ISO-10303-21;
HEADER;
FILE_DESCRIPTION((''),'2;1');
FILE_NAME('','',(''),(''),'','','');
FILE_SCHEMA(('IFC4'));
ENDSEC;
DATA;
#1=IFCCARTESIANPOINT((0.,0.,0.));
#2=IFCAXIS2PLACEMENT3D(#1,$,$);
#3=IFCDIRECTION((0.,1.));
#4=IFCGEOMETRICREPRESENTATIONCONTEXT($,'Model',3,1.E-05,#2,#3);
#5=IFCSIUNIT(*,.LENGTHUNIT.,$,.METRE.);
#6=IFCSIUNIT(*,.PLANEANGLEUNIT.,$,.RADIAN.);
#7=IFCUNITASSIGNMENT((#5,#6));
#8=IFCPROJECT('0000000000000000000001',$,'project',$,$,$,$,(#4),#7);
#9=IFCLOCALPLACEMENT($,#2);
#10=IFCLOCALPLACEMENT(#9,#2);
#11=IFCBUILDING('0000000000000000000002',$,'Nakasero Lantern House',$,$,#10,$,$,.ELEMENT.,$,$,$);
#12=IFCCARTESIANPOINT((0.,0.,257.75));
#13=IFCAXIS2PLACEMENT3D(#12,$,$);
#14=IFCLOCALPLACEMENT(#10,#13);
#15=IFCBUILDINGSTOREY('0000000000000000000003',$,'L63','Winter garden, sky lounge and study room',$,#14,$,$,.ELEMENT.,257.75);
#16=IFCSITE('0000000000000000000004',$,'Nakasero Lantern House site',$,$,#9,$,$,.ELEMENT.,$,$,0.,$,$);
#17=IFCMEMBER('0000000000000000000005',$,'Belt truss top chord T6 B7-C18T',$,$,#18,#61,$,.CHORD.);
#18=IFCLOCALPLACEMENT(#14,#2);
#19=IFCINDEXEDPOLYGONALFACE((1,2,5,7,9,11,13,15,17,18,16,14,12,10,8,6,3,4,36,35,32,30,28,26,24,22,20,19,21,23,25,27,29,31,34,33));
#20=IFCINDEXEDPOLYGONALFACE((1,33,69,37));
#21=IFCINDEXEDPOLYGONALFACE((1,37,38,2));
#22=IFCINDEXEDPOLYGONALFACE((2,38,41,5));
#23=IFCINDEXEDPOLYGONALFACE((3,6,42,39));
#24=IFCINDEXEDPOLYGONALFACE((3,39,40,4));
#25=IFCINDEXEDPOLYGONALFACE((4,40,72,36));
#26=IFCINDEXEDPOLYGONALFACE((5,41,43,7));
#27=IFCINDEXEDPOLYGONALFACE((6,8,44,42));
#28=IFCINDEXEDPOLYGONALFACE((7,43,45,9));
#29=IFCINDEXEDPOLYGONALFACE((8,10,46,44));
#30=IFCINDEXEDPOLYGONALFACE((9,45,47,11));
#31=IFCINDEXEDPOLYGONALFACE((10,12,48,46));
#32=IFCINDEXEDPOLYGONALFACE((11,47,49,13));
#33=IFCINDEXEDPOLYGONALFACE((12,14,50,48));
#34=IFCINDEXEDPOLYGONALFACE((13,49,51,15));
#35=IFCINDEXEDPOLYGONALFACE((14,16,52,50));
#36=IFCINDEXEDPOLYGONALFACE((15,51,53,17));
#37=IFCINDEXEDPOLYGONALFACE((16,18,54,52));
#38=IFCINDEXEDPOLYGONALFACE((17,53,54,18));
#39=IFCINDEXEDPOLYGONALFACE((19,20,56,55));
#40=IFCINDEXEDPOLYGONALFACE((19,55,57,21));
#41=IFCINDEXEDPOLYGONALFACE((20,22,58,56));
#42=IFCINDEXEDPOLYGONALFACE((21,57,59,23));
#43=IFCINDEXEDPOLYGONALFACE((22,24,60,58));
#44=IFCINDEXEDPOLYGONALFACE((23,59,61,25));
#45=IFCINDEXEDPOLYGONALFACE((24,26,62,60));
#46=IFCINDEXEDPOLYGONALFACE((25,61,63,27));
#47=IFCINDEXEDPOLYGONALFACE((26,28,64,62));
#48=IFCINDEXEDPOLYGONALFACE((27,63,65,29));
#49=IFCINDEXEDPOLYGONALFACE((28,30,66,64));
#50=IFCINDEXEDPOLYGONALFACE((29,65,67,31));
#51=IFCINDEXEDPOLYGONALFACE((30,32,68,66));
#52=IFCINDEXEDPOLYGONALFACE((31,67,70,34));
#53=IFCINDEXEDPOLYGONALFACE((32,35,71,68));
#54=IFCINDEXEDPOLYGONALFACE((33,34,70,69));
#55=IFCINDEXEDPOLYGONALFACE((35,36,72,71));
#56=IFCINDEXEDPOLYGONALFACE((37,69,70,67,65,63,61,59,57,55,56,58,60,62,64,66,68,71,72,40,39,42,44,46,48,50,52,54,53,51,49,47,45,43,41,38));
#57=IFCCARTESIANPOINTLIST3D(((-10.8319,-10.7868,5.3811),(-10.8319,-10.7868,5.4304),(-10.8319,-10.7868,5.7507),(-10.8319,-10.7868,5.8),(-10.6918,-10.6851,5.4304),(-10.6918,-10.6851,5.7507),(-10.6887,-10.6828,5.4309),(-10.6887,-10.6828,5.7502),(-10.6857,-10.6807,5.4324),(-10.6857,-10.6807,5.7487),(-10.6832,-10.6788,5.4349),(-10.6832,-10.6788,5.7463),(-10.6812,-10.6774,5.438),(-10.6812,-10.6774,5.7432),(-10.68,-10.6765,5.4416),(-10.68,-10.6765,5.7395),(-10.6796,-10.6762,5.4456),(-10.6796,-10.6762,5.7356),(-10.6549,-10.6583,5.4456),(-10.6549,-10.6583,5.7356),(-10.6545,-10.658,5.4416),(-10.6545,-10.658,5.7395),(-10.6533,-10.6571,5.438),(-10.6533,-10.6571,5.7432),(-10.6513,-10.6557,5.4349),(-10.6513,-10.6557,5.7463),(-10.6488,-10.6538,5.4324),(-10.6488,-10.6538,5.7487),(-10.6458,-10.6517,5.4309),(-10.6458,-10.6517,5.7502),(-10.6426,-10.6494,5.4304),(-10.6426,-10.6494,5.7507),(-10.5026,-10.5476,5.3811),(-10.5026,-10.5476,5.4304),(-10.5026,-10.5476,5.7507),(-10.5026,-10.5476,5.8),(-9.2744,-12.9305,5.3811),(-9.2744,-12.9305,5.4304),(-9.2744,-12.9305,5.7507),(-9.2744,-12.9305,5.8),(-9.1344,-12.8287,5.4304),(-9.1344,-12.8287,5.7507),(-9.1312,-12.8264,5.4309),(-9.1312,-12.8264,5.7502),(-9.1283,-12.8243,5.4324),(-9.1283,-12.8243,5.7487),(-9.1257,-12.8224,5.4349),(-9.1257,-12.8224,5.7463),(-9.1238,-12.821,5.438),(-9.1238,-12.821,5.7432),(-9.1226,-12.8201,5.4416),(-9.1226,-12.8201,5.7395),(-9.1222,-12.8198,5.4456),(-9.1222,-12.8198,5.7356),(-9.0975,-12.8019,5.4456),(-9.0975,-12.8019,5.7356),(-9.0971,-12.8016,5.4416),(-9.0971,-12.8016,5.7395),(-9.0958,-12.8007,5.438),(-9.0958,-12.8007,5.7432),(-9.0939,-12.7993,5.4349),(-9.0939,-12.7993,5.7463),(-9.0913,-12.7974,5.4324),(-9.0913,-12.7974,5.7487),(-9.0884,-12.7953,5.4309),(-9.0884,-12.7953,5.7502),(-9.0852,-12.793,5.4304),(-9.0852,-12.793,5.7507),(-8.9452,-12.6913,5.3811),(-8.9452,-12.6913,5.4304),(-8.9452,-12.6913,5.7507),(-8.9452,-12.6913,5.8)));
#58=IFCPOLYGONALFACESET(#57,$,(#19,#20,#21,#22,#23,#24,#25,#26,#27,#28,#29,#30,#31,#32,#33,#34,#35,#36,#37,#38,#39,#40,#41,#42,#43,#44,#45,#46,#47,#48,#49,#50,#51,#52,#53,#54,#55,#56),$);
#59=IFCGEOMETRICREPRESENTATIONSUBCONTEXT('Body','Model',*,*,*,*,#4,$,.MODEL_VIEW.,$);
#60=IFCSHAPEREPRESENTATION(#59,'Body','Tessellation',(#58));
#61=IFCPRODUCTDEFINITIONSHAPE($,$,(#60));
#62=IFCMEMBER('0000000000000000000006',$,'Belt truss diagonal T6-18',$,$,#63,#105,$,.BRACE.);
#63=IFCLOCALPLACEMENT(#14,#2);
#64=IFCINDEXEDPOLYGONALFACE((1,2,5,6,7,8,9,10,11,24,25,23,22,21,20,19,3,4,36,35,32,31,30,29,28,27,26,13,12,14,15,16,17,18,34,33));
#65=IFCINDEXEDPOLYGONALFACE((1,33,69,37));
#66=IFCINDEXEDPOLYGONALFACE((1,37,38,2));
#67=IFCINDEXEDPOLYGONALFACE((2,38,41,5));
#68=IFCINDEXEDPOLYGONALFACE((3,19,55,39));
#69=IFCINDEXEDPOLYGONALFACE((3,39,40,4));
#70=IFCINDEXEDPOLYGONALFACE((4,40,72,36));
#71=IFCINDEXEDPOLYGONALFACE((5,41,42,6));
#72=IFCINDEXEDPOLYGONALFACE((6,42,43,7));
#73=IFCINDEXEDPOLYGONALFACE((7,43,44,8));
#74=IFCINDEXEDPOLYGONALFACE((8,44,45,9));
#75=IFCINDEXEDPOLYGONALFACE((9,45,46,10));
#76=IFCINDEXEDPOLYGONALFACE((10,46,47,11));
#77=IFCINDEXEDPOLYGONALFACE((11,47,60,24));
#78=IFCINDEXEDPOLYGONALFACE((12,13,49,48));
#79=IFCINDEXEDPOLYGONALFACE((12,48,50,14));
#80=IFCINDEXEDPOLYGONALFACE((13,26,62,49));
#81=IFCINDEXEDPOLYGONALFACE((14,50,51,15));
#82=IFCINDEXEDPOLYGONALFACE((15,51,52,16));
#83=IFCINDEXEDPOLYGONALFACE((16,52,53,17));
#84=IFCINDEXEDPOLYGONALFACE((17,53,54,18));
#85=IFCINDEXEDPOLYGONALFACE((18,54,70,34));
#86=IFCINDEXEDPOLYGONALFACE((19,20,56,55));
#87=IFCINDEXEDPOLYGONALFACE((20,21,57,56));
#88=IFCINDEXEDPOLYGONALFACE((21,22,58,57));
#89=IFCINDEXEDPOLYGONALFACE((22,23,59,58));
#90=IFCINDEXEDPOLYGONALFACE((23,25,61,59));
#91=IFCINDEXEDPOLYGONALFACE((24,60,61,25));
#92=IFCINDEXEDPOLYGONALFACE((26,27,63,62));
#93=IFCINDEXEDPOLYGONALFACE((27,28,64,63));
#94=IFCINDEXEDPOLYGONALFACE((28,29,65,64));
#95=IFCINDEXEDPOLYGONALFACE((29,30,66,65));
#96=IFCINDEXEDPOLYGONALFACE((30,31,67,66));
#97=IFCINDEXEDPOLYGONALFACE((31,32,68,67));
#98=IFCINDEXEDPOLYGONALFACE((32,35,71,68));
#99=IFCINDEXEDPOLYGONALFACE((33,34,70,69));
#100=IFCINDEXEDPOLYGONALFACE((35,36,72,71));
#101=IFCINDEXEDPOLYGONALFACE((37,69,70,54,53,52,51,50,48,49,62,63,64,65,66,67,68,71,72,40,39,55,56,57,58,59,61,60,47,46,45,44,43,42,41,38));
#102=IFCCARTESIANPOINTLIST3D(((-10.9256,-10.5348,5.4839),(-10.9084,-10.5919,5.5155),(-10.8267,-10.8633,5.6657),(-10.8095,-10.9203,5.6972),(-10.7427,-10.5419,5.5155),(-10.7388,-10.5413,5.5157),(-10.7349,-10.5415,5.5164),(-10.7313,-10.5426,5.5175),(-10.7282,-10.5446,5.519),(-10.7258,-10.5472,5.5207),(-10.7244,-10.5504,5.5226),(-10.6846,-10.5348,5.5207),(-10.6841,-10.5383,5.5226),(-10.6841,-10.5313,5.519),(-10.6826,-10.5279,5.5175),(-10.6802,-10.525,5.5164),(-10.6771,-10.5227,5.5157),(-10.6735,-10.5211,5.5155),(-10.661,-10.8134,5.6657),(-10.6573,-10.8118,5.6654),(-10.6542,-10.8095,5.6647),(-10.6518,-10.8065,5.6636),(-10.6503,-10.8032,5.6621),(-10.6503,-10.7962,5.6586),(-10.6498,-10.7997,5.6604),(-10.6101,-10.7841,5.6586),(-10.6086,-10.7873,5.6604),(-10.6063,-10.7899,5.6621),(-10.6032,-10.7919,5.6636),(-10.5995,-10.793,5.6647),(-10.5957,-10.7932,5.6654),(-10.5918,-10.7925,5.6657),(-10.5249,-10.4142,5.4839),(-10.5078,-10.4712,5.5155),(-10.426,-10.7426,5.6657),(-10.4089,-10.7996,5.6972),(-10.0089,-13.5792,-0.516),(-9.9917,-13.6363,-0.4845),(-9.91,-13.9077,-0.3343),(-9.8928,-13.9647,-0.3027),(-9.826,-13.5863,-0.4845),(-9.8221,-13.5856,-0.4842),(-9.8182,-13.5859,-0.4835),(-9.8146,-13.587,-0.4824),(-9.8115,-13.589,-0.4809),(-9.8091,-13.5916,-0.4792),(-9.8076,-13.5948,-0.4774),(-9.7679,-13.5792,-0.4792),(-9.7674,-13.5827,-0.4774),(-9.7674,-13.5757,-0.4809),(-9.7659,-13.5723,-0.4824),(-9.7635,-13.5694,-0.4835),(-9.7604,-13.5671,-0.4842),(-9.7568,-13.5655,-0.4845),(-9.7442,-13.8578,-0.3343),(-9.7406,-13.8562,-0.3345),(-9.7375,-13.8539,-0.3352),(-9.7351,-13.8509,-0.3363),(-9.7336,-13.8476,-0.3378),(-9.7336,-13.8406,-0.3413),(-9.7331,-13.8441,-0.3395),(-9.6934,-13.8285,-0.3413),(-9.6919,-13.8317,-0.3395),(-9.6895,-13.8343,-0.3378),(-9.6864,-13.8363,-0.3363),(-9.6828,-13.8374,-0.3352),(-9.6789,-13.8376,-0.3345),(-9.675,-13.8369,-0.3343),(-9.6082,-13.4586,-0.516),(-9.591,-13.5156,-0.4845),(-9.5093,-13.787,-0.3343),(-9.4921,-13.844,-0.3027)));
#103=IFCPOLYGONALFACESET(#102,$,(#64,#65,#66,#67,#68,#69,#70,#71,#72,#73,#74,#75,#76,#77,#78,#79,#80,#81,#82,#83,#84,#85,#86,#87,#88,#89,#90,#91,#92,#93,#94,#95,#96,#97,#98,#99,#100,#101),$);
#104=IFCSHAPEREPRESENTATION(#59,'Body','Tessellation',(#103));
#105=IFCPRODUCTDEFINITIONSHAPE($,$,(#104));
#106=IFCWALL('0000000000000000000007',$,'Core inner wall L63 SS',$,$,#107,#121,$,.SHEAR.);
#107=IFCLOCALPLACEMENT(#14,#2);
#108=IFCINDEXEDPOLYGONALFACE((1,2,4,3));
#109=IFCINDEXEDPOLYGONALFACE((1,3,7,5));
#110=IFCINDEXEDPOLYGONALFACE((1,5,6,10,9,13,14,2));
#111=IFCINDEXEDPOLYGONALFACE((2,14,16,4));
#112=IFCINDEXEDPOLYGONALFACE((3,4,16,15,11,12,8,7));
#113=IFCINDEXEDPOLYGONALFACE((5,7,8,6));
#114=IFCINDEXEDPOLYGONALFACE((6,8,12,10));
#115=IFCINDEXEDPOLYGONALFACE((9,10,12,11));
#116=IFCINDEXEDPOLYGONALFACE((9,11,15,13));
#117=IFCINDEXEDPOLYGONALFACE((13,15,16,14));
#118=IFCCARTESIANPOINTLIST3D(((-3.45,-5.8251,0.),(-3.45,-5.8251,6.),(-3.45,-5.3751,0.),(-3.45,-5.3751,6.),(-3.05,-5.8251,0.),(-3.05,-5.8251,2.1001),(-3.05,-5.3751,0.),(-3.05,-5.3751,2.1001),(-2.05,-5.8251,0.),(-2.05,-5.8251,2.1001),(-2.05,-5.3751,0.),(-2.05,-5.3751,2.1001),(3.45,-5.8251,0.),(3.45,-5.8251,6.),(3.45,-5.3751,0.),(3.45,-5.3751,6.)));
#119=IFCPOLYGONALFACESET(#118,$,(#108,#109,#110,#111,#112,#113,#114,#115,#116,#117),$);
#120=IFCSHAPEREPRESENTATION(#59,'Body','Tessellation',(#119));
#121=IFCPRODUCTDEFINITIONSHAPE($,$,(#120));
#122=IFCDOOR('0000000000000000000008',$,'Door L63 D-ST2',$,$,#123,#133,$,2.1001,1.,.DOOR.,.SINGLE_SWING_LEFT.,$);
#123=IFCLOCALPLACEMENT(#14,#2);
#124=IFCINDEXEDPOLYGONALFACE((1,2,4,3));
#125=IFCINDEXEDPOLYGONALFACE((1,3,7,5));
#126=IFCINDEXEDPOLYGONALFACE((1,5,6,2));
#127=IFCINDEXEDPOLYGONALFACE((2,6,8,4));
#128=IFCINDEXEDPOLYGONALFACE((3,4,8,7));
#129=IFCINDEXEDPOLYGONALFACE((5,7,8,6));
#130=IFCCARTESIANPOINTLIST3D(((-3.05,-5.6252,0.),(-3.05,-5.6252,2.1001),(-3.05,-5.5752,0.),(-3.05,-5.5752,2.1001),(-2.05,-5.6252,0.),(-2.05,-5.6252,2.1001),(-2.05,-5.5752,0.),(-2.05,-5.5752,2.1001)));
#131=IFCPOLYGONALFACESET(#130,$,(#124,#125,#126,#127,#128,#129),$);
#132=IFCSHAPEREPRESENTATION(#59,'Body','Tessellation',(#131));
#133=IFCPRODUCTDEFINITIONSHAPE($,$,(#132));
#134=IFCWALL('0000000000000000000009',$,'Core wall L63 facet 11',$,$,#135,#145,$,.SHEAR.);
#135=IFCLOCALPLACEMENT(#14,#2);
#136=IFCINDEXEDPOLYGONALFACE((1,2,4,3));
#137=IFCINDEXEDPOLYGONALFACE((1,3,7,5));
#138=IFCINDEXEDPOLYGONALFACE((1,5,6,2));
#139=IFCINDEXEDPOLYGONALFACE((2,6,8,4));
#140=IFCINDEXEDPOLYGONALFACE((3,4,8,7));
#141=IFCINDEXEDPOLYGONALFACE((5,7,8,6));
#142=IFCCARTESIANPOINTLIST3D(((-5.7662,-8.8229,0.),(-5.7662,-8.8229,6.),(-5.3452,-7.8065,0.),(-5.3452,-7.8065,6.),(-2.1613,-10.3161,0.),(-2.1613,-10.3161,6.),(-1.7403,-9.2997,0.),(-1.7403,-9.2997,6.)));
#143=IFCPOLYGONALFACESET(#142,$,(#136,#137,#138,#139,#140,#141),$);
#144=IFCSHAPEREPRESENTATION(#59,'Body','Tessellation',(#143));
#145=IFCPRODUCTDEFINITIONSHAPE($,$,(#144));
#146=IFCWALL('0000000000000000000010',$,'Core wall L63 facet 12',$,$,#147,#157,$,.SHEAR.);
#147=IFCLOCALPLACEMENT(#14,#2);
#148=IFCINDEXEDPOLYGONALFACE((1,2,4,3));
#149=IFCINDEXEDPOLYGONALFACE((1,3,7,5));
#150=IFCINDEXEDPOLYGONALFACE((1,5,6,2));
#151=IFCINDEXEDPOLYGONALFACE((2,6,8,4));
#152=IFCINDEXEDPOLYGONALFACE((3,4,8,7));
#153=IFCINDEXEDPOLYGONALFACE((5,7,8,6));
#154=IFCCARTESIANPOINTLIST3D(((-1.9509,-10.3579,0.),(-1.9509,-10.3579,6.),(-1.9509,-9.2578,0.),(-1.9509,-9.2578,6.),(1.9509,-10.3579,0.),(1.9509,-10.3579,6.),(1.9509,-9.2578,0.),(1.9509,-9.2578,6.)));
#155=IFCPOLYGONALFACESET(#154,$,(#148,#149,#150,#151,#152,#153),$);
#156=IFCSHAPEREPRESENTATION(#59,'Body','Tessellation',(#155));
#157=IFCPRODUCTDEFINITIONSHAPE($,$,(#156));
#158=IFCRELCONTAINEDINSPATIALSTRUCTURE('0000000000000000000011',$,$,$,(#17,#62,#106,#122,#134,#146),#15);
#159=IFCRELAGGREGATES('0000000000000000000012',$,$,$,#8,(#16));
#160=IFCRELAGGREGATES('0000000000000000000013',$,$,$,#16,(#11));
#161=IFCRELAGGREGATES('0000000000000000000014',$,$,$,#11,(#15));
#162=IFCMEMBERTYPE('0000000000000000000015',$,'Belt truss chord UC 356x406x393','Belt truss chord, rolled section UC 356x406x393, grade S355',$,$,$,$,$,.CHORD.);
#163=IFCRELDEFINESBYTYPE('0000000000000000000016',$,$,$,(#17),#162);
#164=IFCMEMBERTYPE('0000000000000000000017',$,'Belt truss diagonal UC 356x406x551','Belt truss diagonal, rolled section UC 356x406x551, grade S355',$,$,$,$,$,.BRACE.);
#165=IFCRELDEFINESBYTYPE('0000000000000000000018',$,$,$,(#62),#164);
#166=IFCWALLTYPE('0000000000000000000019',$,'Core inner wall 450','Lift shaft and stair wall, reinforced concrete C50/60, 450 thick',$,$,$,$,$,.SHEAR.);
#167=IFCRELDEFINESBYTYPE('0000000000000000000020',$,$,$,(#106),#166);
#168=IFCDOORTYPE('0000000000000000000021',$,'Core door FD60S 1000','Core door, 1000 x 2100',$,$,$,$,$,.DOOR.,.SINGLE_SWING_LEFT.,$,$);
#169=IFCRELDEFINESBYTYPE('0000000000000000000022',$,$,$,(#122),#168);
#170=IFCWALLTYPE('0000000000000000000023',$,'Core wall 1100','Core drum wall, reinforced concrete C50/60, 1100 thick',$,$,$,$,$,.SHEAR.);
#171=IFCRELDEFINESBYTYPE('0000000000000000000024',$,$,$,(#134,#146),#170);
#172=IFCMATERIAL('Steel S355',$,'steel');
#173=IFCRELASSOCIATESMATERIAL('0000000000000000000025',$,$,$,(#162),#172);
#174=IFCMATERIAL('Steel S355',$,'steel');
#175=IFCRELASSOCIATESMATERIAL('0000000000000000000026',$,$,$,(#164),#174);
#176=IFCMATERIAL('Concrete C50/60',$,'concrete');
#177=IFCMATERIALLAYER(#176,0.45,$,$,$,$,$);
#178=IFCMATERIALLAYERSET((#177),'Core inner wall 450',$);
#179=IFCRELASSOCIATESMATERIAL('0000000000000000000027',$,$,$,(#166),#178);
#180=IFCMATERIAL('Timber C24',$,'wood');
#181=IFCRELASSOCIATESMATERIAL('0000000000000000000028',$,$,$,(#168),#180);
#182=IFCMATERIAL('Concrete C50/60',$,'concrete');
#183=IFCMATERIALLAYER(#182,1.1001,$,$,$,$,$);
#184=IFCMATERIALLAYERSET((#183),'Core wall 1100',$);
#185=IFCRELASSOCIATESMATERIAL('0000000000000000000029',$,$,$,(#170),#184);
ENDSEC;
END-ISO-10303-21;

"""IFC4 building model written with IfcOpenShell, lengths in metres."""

from ifc_helpers import new_model, si_unit, direction, frame, frame_2d, origin, origin_2d, place, context, subcontext, project, spatial, rectangle, i_section, extrude, material, layer, layer_set, material_profile, profile_set, type_object, element, fill, save


model = new_model("IFC4")

# Units and contexts
model_context = context("Model", 3, precision=1e-05, world=origin(), true_north=direction((0.0, 1.0)))
body_context = subcontext(model_context, "Body", "Model", "MODEL_VIEW")
ifc_project = project(units=[si_unit("LENGTHUNIT", "METRE"), si_unit("PLANEANGLEUNIT", "RADIAN")], contexts=[model_context])

# Site, building, storey
site_placement = place(None, origin())
site = spatial("IfcSite", under=ifc_project, at=site_placement, Name="Nakasero Lantern House site", CompositionType="ELEMENT", RefElevation=0.0)
building_placement = place(site_placement, origin())
building = spatial("IfcBuilding", under=site, at=building_placement, Name="Nakasero Lantern House", CompositionType="ELEMENT")
storey_placement = place(building_placement, frame((0.0, 0.0, 257.75)))
storey = spatial("IfcBuildingStorey", under=building, at=storey_placement, Name="L63", Description="Winter garden, sky lounge and study room", CompositionType="ELEMENT", Elevation=257.75)

# Members
ifc_material_1 = material(Name="Steel S355", Category="steel")
ifc_material_profile_1 = material_profile(ifc_material_1, i_section(OverallWidth=0.407, OverallDepth=0.4189, WebThickness=0.0305, FlangeThickness=0.0493, FilletRadius=0.0151, at=origin_2d()), Name="UC 356x406x393")
ifc_profile_set_1 = profile_set([ifc_material_profile_1], Name="Steel S355")
member_type_1 = type_object("IfcMemberType", Name="Belt truss chord UC 356x406x393", Description="Belt truss chord, rolled section UC 356x406x393, grade S355", PredefinedType="CHORD", material=ifc_profile_set_1)
member_1_placement = place(storey_placement, frame((-10.6672, -10.6672, 5.5906), z_axis=(0.587783, -0.809019, 0.0), x_axis=(0.809019, 0.587783, 0.0)))
element("IfcMember", 1, at=member_1_placement, inside=storey, type_object=member_type_1, Name="Belt truss top chord T6 B7-C18T", PredefinedType="CHORD", context=body_context, shape_type="SweptSolid", body=[
    extrude(i_section(OverallWidth=0.407, OverallDepth=0.4189, WebThickness=0.0305, FlangeThickness=0.0493, FilletRadius=0.0151, at=origin_2d()), origin(), (0.0, 0.0, 1.0), 2.6497),
])
ifc_material_2 = material(Name="Steel S355", Category="steel")
ifc_material_profile_2 = material_profile(ifc_material_2, i_section(OverallWidth=0.4185, OverallDepth=0.4556, WebThickness=0.042, FlangeThickness=0.0674, FilletRadius=0.0151, at=origin_2d()), Name="UC 356x406x551")
ifc_profile_set_2 = profile_set([ifc_material_profile_2], Name="Steel S355")
member_type_2 = type_object("IfcMemberType", Name="Belt truss diagonal UC 356x406x551", Description="Belt truss diagonal, rolled section UC 356x406x551, grade S355", PredefinedType="BRACE", material=ifc_profile_set_2)
member_2_placement = place(storey_placement, frame((-10.6672, -10.6672, 5.5906), z_axis=(0.135007, -0.448346, -0.883605), x_axis=(0.95753, 0.288334, 0.0)))
element("IfcMember", 2, at=member_2_placement, inside=storey, type_object=member_type_2, Name="Belt truss diagonal T6-18", PredefinedType="BRACE", context=body_context, shape_type="SweptSolid", body=[
    extrude(i_section(OverallWidth=0.4185, OverallDepth=0.4556, WebThickness=0.042, FlangeThickness=0.0674, FilletRadius=0.0151, at=origin_2d()), origin(), (0.0, 0.0, 1.0), 6.7903),
])

# Wall, opening, door
ifc_material_3 = material(Name="Concrete C50/60", Category="concrete")
ifc_layer_1 = layer(ifc_material_3, 0.45)
ifc_layer_set_1 = layer_set([ifc_layer_1], Name="Core inner wall 450")
wall_type_1 = type_object("IfcWallType", Name="Core inner wall 450", Description="Lift shaft and stair wall, reinforced concrete C50/60, 450 thick", PredefinedType="SHEAR", material=ifc_layer_set_1)
wall_1_placement = place(storey_placement, frame((-3.45, -5.6001, 0.0), z_axis=(0.0, 0.0, 1.0), x_axis=(1.0, 0.0, 0.0)))
wall_1 = element("IfcWall", 3, at=wall_1_placement, inside=storey, type_object=wall_type_1, Name="Core inner wall L63 SS", PredefinedType="SHEAR", context=body_context, shape_type="SweptSolid", body=[
    extrude(rectangle(XDim=6.8999, YDim=0.45, at=frame_2d((3.45, 0.0))), origin(), (0.0, 0.0, 1.0), 6.0),
])
opening_1_placement = place(wall_1_placement, frame((0.3999, 0.0, 0.0)))
opening_1 = element("IfcOpeningElement", 4, at=opening_1_placement, cuts=wall_1, PredefinedType="OPENING", context=body_context, shape_type="SweptSolid", body=[
    extrude(rectangle(XDim=1.0, YDim=2.1001, at=frame_2d((0.5, 1.05))), frame((0.0, 0.2449, 0.0), z_axis=(0.0, -1.0, 0.0), x_axis=(1.0, 0.0, 0.0)), (0.0, 0.0, 1.0), 0.49),
])
ifc_material_4 = material(Name="Timber C24", Category="wood")
door_type_1 = type_object("IfcDoorType", Name="Core door FD60S 1000", Description="Core door, 1000 x 2100", OperationType="SINGLE_SWING_LEFT", PredefinedType="DOOR", material=ifc_material_4)
door_1_placement = place(opening_1_placement, origin())
door_1 = element("IfcDoor", 5, at=door_1_placement, inside=storey, type_object=door_type_1, Name="Door L63 D-ST2", OperationType="SINGLE_SWING_LEFT", OverallHeight=2.1001, OverallWidth=1.0, PredefinedType="DOOR", context=body_context, shape_type="SweptSolid", body=[
    extrude(rectangle(XDim=1.0, YDim=2.1001, at=frame_2d((0.5, 1.05))), frame((0.0, 0.0249, 0.0), z_axis=(0.0, -1.0, 0.0), x_axis=(1.0, 0.0, 0.0)), (0.0, 0.0, 1.0), 0.05),
])
fill(opening_1, door_1)

# Walls
ifc_material_5 = material(Name="Concrete C50/60", Category="concrete")
ifc_layer_2 = layer(ifc_material_5, 1.1001)
ifc_layer_set_2 = layer_set([ifc_layer_2], Name="Core wall 1100")
wall_type_2 = type_object("IfcWallType", Name="Core wall 1100", Description="Core drum wall, reinforced concrete C50/60, 1100 thick", PredefinedType="SHEAR", material=ifc_layer_set_2)
for number, where, z_axis, x_axis, name in (
    (6, (-5.5557, -8.3147, 0.0), (0.0, 0.0, 1.0), (0.923877, -0.382691, 0.0), "Core wall L63 facet 11"),
    (7, (-1.9509, -9.8079, 0.0), (0.0, 0.0, 1.0), (1.0, 0.0, 0.0), "Core wall L63 facet 12"),
):
    element("IfcWall", number, at=place(storey_placement, frame(where, z_axis=z_axis, x_axis=x_axis)), inside=storey, type_object=wall_type_2, Name=name, PredefinedType="SHEAR", context=body_context, shape_type="SweptSolid", body=[
        extrude(rectangle(XDim=3.9019, YDim=1.1001, at=frame_2d((1.9509, 0.0))), origin(), (0.0, 0.0, 1.0), 6.0),
    ])

save(model, "model.ifc")
